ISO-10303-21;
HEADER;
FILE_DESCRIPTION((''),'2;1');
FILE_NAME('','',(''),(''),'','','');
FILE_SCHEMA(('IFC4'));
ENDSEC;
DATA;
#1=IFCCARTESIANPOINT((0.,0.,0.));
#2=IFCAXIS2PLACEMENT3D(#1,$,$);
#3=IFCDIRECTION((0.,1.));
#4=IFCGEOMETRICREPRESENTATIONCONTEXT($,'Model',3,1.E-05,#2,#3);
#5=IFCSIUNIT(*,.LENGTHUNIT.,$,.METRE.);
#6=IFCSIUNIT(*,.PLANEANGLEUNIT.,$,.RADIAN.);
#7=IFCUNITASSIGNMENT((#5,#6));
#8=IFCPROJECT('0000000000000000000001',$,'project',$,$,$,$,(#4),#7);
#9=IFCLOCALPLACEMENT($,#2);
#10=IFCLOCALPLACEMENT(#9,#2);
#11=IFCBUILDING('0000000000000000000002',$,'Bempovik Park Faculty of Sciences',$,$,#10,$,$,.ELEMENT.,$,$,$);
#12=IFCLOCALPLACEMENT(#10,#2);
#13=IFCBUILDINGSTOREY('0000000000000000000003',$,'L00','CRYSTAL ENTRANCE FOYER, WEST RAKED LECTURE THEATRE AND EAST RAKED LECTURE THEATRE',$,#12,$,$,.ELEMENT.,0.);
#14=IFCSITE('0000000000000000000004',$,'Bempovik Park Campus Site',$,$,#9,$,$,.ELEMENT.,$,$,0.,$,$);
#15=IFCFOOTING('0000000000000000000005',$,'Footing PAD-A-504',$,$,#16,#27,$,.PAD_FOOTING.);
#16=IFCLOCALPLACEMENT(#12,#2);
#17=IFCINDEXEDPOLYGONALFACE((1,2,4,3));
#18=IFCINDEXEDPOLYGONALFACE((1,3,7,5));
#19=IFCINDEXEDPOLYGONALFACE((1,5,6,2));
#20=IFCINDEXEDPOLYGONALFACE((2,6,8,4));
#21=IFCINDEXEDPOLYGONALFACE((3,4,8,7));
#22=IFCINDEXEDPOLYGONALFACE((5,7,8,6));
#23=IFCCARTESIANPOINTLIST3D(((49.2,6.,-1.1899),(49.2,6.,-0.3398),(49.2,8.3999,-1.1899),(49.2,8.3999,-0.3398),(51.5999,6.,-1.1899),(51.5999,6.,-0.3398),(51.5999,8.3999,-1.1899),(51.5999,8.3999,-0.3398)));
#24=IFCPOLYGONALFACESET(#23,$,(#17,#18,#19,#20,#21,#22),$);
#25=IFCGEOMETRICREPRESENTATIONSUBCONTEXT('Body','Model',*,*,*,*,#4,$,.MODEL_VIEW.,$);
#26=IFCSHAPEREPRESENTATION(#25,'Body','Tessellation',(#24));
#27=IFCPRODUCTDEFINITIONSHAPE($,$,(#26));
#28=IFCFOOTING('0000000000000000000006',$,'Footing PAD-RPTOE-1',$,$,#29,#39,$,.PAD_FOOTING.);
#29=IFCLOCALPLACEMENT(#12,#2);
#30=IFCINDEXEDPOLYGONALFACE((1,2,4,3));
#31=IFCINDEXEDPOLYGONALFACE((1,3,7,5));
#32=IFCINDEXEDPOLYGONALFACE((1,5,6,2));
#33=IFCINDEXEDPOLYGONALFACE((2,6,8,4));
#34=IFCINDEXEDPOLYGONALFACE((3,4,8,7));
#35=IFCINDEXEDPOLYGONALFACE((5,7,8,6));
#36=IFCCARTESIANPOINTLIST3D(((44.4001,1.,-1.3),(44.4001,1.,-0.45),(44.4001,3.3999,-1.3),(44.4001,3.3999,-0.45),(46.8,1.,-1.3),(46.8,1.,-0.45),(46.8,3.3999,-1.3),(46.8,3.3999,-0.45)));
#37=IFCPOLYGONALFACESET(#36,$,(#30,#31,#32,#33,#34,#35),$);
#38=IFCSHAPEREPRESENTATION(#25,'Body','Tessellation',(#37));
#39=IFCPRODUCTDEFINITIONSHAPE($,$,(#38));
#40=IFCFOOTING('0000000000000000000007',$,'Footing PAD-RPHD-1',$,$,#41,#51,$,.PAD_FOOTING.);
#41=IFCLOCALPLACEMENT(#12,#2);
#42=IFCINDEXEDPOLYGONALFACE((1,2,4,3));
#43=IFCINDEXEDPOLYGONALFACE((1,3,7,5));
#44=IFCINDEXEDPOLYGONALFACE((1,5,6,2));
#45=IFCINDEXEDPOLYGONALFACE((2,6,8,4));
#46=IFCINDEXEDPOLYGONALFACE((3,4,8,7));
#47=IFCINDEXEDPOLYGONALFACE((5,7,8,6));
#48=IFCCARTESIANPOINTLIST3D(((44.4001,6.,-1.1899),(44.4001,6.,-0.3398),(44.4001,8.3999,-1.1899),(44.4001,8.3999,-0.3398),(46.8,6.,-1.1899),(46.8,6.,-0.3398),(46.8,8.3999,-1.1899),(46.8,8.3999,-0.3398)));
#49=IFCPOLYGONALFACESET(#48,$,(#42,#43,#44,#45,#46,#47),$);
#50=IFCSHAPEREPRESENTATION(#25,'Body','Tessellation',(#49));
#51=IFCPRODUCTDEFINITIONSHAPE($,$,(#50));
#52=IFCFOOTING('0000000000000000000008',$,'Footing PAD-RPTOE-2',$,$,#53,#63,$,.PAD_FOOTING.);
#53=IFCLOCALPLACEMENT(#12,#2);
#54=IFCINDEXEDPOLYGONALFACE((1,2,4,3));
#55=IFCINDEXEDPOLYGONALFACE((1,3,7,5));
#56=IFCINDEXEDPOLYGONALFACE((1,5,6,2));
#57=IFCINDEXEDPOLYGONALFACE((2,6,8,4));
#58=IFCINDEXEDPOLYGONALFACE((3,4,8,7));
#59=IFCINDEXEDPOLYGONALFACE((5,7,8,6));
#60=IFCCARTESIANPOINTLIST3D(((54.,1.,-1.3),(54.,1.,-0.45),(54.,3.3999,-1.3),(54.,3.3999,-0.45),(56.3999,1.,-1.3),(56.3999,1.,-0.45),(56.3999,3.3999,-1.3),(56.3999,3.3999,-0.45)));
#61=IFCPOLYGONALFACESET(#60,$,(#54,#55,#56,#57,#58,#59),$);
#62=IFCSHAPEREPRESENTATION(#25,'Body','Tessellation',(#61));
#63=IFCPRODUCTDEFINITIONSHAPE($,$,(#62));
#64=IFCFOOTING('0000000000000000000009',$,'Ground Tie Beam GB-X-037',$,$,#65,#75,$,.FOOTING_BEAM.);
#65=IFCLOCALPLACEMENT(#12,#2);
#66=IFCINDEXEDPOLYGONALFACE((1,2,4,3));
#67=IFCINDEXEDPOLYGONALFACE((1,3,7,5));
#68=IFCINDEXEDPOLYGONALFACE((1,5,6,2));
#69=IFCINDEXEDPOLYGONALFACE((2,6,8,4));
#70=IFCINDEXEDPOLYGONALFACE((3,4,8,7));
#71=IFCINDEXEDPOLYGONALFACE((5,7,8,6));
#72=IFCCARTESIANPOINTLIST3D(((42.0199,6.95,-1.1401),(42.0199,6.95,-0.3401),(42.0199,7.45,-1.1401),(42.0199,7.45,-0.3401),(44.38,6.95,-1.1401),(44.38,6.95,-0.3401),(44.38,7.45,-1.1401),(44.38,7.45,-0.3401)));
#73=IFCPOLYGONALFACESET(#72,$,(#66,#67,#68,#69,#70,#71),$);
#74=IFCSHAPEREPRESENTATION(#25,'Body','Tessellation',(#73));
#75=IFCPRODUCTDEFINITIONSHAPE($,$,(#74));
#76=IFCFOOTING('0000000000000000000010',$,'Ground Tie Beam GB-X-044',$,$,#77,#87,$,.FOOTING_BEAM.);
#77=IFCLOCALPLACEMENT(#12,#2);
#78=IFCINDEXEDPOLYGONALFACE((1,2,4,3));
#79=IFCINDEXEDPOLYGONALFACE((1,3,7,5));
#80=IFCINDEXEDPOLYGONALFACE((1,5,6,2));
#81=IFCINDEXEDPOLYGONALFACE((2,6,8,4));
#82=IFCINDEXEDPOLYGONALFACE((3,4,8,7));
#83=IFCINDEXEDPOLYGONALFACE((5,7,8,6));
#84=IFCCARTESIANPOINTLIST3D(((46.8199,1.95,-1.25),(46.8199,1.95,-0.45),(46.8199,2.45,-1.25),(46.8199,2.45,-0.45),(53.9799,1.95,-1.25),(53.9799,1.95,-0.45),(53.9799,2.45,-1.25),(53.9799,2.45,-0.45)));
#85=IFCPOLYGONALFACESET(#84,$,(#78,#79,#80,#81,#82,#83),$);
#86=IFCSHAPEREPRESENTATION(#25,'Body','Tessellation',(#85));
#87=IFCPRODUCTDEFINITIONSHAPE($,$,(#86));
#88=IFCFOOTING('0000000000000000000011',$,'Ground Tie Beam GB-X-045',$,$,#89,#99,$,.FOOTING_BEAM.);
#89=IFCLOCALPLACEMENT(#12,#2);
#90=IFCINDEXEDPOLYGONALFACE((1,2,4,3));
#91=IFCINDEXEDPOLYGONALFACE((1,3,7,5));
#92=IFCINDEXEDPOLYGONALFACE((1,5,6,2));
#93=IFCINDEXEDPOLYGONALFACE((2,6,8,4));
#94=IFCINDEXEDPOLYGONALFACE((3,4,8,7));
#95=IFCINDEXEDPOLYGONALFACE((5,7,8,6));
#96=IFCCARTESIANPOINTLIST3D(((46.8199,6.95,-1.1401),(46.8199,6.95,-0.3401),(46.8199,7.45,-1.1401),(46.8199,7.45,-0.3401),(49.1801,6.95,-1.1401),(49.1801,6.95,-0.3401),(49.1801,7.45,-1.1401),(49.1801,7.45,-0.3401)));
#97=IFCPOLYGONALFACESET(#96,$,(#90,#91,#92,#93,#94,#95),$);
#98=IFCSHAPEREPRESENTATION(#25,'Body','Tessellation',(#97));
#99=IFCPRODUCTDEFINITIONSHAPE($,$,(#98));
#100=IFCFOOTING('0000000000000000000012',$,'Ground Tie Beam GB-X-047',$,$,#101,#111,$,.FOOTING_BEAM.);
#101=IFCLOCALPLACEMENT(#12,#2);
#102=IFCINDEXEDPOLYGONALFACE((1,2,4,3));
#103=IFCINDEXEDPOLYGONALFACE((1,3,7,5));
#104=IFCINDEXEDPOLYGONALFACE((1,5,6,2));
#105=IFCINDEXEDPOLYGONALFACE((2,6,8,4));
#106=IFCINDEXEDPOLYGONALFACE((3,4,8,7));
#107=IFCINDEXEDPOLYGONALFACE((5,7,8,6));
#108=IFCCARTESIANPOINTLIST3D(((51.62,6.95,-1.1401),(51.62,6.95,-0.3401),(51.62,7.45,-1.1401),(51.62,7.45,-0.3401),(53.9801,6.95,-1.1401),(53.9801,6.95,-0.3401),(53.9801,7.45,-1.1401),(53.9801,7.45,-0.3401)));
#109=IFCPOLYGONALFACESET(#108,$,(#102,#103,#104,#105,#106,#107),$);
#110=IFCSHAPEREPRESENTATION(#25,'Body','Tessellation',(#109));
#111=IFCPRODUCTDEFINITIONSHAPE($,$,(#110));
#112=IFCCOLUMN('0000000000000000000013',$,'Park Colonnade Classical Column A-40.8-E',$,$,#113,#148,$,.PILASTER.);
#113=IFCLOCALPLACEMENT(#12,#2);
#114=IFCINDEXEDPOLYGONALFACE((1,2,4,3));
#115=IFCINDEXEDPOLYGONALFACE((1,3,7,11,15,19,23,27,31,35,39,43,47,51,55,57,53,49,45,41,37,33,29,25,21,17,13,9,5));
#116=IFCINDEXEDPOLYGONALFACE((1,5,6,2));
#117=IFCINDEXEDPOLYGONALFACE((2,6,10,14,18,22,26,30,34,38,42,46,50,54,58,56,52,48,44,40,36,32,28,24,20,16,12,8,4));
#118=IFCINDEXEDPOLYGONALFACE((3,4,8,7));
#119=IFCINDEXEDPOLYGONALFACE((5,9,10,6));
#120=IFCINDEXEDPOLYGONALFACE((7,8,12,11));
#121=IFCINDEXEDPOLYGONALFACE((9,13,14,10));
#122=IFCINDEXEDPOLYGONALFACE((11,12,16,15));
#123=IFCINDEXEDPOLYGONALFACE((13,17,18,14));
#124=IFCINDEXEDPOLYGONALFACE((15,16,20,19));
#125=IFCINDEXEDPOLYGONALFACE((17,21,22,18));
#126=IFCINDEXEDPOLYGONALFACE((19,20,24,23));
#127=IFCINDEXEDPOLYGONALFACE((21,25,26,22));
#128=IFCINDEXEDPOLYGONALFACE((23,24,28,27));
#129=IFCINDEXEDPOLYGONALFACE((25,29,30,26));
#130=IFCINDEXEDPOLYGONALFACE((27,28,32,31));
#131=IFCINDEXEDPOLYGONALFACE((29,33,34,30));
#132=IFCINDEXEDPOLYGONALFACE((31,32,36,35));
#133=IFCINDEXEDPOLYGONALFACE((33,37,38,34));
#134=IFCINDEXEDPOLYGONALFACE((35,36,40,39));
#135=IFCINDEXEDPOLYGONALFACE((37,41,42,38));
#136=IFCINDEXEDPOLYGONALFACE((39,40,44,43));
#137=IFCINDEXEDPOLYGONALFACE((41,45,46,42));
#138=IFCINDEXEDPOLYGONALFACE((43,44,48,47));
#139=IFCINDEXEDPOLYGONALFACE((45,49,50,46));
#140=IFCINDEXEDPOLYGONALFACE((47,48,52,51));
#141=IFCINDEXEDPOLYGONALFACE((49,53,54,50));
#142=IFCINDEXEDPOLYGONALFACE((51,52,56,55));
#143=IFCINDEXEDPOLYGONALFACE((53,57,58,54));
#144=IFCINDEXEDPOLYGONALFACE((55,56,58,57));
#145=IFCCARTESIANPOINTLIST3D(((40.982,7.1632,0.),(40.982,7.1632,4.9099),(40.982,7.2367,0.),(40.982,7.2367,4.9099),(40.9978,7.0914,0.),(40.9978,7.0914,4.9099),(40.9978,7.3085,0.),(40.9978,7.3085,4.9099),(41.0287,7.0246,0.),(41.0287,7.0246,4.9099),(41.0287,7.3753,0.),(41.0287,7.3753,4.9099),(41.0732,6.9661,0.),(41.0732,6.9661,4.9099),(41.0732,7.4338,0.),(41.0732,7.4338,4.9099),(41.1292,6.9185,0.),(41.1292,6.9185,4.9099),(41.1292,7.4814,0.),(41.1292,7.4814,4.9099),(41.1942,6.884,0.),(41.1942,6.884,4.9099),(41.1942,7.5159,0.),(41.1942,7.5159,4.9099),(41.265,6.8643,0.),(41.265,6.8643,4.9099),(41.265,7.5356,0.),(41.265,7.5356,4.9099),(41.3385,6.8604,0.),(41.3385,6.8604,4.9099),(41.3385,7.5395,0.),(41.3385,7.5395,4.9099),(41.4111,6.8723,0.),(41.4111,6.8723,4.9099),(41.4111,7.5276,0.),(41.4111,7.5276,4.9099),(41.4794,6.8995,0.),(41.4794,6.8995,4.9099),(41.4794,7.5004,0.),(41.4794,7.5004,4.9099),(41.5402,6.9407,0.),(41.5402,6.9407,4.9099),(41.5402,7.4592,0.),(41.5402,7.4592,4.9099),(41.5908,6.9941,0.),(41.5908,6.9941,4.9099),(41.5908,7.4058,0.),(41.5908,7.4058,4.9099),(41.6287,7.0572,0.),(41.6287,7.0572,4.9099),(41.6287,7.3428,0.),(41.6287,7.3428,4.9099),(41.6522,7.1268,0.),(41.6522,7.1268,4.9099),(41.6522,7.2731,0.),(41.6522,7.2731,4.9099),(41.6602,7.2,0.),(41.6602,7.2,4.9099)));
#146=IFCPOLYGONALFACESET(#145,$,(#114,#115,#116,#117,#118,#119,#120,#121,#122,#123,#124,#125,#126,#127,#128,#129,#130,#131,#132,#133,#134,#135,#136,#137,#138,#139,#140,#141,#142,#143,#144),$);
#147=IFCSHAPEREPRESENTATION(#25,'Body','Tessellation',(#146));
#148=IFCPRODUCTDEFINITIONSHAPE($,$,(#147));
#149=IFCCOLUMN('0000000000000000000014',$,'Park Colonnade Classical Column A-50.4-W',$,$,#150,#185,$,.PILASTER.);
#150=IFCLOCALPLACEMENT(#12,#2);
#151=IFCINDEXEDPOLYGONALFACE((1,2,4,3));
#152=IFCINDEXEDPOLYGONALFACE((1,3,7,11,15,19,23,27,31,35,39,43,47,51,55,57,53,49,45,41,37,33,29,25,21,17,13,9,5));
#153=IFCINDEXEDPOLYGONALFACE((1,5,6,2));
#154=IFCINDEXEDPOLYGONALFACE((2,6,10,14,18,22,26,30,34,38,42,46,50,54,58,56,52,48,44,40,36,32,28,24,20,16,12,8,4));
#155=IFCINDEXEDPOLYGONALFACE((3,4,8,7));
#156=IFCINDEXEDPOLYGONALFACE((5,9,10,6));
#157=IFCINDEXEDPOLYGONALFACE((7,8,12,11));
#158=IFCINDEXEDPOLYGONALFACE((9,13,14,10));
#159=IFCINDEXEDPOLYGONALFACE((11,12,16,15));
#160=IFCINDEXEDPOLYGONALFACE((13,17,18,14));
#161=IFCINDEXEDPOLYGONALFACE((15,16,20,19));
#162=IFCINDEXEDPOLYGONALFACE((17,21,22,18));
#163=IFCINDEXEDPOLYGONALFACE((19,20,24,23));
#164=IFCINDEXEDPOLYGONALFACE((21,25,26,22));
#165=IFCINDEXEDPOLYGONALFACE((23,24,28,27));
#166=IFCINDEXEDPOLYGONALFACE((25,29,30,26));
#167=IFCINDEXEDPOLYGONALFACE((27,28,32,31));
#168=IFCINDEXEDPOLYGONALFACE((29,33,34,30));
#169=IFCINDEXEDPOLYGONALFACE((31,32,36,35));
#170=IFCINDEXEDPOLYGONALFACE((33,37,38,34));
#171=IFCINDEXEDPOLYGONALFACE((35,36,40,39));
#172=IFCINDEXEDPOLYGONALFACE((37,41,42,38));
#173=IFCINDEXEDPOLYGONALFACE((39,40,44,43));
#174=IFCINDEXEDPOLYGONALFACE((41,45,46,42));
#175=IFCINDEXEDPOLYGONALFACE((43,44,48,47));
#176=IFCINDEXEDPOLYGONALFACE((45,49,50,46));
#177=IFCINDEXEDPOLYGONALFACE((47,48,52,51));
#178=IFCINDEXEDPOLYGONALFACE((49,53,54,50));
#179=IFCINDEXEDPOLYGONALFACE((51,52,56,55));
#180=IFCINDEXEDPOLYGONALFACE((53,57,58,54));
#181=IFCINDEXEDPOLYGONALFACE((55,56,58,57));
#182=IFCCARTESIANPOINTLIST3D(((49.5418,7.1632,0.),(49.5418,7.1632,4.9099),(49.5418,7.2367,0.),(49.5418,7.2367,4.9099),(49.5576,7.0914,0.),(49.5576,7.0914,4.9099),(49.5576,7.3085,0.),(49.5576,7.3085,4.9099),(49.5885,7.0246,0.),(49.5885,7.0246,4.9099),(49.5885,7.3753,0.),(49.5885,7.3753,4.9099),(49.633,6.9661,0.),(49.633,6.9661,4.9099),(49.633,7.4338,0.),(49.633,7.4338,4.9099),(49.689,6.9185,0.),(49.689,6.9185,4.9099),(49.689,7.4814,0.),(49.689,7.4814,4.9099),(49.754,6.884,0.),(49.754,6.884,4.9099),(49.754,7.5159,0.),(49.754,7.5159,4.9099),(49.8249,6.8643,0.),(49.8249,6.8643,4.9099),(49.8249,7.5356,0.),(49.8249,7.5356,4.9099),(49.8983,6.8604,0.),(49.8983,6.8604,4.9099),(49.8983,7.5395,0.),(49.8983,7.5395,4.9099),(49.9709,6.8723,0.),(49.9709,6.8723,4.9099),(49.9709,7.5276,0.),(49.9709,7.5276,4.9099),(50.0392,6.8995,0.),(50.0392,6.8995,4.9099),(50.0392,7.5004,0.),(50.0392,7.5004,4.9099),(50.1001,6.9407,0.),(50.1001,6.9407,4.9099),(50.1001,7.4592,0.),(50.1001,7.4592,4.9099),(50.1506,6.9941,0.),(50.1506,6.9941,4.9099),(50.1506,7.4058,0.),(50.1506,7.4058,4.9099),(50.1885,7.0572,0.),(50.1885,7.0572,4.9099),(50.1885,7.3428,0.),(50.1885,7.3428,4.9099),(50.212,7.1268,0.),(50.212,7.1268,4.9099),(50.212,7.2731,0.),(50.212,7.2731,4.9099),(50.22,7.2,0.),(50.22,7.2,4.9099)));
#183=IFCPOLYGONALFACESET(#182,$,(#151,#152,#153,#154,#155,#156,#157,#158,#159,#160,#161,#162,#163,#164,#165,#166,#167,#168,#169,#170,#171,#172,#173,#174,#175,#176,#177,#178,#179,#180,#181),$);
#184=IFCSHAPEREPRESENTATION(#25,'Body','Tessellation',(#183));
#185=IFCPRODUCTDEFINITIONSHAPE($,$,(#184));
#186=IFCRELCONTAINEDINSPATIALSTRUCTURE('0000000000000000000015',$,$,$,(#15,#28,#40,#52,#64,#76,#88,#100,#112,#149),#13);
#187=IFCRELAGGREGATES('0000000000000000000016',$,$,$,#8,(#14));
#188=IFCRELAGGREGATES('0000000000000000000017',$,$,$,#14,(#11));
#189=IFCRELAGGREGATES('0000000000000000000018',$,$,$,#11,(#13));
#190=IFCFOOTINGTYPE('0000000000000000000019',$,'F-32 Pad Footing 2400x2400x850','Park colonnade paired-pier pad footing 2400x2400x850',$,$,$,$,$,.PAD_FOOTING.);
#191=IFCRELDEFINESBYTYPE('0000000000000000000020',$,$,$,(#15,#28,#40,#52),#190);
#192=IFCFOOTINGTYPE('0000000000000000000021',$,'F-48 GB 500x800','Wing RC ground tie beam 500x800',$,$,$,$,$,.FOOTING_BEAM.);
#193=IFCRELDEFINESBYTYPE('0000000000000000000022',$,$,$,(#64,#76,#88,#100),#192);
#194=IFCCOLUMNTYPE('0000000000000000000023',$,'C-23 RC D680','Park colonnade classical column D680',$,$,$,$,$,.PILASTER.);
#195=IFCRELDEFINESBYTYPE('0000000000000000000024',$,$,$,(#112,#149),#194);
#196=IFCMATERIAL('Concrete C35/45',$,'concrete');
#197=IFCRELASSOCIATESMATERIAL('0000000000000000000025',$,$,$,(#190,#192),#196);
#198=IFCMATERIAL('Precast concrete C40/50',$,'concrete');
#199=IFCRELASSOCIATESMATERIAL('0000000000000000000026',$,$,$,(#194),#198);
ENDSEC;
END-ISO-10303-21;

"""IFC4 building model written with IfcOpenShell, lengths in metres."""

from ifc_helpers import new_model, si_unit, direction, frame, origin, origin_2d, place, context, subcontext, project, spatial, rectangle, circle, extrude, material, material_profile, profile_set, type_object, element, save


model = new_model("IFC4")

# Units and contexts
model_context = context("Model", 3, precision=1e-05, world=origin(), true_north=direction((0.0, 1.0)))
body_context = subcontext(model_context, "Body", "Model", "MODEL_VIEW")
ifc_project = project(units=[si_unit("LENGTHUNIT", "METRE"), si_unit("PLANEANGLEUNIT", "RADIAN")], contexts=[model_context])

# Site, building, storey
site_placement = place(None, origin())
site = spatial("IfcSite", under=ifc_project, at=site_placement, Name="Bempovik Park Campus Site", CompositionType="ELEMENT", RefElevation=0.0)
building_placement = place(site_placement, origin())
building = spatial("IfcBuilding", under=site, at=building_placement, Name="Bempovik Park Faculty of Sciences", CompositionType="ELEMENT")
storey_placement = place(building_placement, origin())
storey = spatial("IfcBuildingStorey", under=building, at=storey_placement, Name="L00", Description="CRYSTAL ENTRANCE FOYER, WEST RAKED LECTURE THEATRE AND EAST RAKED LECTURE THEATRE", CompositionType="ELEMENT", Elevation=0.0)

# Footings
ifc_material_1 = material(Name="Concrete C35/45", Category="concrete")
footing_type_1 = type_object("IfcFootingType", Name="F-32 Pad Footing 2400x2400x850", Description="Park colonnade paired-pier pad footing 2400x2400x850", PredefinedType="PAD_FOOTING", material=ifc_material_1)
for number, where, z_axis, x_axis, name in (
    (1, (50.3999, 7.2, -1.1899), (0.0, 0.0, 1.0), (1.0, 0.0, 0.0), "Footing PAD-A-504"),
    (2, (45.6001, 2.2, -1.3), (0.0, 0.0, 1.0), (1.0, 0.0, 0.0), "Footing PAD-RPTOE-1"),
    (3, (45.6001, 7.2, -1.1899), (0.0, 0.0, 1.0), (1.0, 0.0, 0.0), "Footing PAD-RPHD-1"),
    (4, (55.2, 2.2, -1.3), (0.0, 0.0, 1.0), (1.0, 0.0, 0.0), "Footing PAD-RPTOE-2"),
):
    element("IfcFooting", number, at=place(storey_placement, frame(where, z_axis=z_axis, x_axis=x_axis)), inside=storey, type_object=footing_type_1, Name=name, PredefinedType="PAD_FOOTING", context=body_context, shape_type="SweptSolid", body=[
        extrude(rectangle(XDim=2.3999, YDim=2.3999, at=origin_2d()), origin(), (0.0, 0.0, 1.0), 0.8501),
    ])
footing_type_2 = type_object("IfcFootingType", Name="F-48 GB 500x800", Description="Wing RC ground tie beam 500x800", PredefinedType="FOOTING_BEAM", material=ifc_material_1)
footing_1_placement = place(storey_placement, frame((43.2, 7.2, -1.1401), z_axis=(0.0, 0.0, 1.0), x_axis=(1.0, 0.0, 0.0)))
element("IfcFooting", 5, at=footing_1_placement, inside=storey, type_object=footing_type_2, Name="Ground Tie Beam GB-X-037", PredefinedType="FOOTING_BEAM", context=body_context, shape_type="SweptSolid", body=[
    extrude(rectangle(XDim=2.3601, YDim=0.5, at=origin_2d()), origin(), (0.0, 0.0, 1.0), 0.8),
])
footing_2_placement = place(storey_placement, frame((50.3999, 2.2, -1.25), z_axis=(0.0, 0.0, 1.0), x_axis=(1.0, 0.0, 0.0)))
element("IfcFooting", 6, at=footing_2_placement, inside=storey, type_object=footing_type_2, Name="Ground Tie Beam GB-X-044", PredefinedType="FOOTING_BEAM", context=body_context, shape_type="SweptSolid", body=[
    extrude(rectangle(XDim=7.1599, YDim=0.5, at=origin_2d()), origin(), (0.0, 0.0, 1.0), 0.8),
])
for number, where, z_axis, x_axis, name in (
    (7, (48.0, 7.2, -1.1401), (0.0, 0.0, 1.0), (1.0, 0.0, 0.0), "Ground Tie Beam GB-X-045"),
    (8, (52.8, 7.2, -1.1401), (0.0, 0.0, 1.0), (1.0, 0.0, 0.0), "Ground Tie Beam GB-X-047"),
):
    element("IfcFooting", number, at=place(storey_placement, frame(where, z_axis=z_axis, x_axis=x_axis)), inside=storey, type_object=footing_type_2, Name=name, PredefinedType="FOOTING_BEAM", context=body_context, shape_type="SweptSolid", body=[
        extrude(rectangle(XDim=2.3601, YDim=0.5, at=origin_2d()), origin(), (0.0, 0.0, 1.0), 0.8),
    ])

# Columns
ifc_material_2 = material(Name="Precast concrete C40/50", Category="concrete")
ifc_material_profile_1 = material_profile(ifc_material_2, circle(Radius=0.3401, at=origin_2d()), Name="RC D680")
ifc_profile_set_1 = profile_set([ifc_material_profile_1], Name="Precast concrete C40/50")
column_type = type_object("IfcColumnType", Name="C-23 RC D680", Description="Park colonnade classical column D680", PredefinedType="PILASTER", material=ifc_profile_set_1)
for number, where, z_axis, x_axis, name in (
    (9, (41.3201, 7.2, 0.0), (0.0, 0.0, 1.0), (1.0, 0.0, 0.0), "Park Colonnade Classical Column A-40.8-E"),
    (10, (49.8799, 7.2, 0.0), (0.0, 0.0, 1.0), (1.0, 0.0, 0.0), "Park Colonnade Classical Column A-50.4-W"),
):
    element("IfcColumn", number, at=place(storey_placement, frame(where, z_axis=z_axis, x_axis=x_axis)), inside=storey, type_object=column_type, Name=name, PredefinedType="PILASTER", context=body_context, shape_type="SweptSolid", body=[
        extrude(circle(Radius=0.3401, at=origin_2d()), origin(), (0.0, 0.0, 1.0), 4.9099),
    ])

save(model, "model.ifc")
